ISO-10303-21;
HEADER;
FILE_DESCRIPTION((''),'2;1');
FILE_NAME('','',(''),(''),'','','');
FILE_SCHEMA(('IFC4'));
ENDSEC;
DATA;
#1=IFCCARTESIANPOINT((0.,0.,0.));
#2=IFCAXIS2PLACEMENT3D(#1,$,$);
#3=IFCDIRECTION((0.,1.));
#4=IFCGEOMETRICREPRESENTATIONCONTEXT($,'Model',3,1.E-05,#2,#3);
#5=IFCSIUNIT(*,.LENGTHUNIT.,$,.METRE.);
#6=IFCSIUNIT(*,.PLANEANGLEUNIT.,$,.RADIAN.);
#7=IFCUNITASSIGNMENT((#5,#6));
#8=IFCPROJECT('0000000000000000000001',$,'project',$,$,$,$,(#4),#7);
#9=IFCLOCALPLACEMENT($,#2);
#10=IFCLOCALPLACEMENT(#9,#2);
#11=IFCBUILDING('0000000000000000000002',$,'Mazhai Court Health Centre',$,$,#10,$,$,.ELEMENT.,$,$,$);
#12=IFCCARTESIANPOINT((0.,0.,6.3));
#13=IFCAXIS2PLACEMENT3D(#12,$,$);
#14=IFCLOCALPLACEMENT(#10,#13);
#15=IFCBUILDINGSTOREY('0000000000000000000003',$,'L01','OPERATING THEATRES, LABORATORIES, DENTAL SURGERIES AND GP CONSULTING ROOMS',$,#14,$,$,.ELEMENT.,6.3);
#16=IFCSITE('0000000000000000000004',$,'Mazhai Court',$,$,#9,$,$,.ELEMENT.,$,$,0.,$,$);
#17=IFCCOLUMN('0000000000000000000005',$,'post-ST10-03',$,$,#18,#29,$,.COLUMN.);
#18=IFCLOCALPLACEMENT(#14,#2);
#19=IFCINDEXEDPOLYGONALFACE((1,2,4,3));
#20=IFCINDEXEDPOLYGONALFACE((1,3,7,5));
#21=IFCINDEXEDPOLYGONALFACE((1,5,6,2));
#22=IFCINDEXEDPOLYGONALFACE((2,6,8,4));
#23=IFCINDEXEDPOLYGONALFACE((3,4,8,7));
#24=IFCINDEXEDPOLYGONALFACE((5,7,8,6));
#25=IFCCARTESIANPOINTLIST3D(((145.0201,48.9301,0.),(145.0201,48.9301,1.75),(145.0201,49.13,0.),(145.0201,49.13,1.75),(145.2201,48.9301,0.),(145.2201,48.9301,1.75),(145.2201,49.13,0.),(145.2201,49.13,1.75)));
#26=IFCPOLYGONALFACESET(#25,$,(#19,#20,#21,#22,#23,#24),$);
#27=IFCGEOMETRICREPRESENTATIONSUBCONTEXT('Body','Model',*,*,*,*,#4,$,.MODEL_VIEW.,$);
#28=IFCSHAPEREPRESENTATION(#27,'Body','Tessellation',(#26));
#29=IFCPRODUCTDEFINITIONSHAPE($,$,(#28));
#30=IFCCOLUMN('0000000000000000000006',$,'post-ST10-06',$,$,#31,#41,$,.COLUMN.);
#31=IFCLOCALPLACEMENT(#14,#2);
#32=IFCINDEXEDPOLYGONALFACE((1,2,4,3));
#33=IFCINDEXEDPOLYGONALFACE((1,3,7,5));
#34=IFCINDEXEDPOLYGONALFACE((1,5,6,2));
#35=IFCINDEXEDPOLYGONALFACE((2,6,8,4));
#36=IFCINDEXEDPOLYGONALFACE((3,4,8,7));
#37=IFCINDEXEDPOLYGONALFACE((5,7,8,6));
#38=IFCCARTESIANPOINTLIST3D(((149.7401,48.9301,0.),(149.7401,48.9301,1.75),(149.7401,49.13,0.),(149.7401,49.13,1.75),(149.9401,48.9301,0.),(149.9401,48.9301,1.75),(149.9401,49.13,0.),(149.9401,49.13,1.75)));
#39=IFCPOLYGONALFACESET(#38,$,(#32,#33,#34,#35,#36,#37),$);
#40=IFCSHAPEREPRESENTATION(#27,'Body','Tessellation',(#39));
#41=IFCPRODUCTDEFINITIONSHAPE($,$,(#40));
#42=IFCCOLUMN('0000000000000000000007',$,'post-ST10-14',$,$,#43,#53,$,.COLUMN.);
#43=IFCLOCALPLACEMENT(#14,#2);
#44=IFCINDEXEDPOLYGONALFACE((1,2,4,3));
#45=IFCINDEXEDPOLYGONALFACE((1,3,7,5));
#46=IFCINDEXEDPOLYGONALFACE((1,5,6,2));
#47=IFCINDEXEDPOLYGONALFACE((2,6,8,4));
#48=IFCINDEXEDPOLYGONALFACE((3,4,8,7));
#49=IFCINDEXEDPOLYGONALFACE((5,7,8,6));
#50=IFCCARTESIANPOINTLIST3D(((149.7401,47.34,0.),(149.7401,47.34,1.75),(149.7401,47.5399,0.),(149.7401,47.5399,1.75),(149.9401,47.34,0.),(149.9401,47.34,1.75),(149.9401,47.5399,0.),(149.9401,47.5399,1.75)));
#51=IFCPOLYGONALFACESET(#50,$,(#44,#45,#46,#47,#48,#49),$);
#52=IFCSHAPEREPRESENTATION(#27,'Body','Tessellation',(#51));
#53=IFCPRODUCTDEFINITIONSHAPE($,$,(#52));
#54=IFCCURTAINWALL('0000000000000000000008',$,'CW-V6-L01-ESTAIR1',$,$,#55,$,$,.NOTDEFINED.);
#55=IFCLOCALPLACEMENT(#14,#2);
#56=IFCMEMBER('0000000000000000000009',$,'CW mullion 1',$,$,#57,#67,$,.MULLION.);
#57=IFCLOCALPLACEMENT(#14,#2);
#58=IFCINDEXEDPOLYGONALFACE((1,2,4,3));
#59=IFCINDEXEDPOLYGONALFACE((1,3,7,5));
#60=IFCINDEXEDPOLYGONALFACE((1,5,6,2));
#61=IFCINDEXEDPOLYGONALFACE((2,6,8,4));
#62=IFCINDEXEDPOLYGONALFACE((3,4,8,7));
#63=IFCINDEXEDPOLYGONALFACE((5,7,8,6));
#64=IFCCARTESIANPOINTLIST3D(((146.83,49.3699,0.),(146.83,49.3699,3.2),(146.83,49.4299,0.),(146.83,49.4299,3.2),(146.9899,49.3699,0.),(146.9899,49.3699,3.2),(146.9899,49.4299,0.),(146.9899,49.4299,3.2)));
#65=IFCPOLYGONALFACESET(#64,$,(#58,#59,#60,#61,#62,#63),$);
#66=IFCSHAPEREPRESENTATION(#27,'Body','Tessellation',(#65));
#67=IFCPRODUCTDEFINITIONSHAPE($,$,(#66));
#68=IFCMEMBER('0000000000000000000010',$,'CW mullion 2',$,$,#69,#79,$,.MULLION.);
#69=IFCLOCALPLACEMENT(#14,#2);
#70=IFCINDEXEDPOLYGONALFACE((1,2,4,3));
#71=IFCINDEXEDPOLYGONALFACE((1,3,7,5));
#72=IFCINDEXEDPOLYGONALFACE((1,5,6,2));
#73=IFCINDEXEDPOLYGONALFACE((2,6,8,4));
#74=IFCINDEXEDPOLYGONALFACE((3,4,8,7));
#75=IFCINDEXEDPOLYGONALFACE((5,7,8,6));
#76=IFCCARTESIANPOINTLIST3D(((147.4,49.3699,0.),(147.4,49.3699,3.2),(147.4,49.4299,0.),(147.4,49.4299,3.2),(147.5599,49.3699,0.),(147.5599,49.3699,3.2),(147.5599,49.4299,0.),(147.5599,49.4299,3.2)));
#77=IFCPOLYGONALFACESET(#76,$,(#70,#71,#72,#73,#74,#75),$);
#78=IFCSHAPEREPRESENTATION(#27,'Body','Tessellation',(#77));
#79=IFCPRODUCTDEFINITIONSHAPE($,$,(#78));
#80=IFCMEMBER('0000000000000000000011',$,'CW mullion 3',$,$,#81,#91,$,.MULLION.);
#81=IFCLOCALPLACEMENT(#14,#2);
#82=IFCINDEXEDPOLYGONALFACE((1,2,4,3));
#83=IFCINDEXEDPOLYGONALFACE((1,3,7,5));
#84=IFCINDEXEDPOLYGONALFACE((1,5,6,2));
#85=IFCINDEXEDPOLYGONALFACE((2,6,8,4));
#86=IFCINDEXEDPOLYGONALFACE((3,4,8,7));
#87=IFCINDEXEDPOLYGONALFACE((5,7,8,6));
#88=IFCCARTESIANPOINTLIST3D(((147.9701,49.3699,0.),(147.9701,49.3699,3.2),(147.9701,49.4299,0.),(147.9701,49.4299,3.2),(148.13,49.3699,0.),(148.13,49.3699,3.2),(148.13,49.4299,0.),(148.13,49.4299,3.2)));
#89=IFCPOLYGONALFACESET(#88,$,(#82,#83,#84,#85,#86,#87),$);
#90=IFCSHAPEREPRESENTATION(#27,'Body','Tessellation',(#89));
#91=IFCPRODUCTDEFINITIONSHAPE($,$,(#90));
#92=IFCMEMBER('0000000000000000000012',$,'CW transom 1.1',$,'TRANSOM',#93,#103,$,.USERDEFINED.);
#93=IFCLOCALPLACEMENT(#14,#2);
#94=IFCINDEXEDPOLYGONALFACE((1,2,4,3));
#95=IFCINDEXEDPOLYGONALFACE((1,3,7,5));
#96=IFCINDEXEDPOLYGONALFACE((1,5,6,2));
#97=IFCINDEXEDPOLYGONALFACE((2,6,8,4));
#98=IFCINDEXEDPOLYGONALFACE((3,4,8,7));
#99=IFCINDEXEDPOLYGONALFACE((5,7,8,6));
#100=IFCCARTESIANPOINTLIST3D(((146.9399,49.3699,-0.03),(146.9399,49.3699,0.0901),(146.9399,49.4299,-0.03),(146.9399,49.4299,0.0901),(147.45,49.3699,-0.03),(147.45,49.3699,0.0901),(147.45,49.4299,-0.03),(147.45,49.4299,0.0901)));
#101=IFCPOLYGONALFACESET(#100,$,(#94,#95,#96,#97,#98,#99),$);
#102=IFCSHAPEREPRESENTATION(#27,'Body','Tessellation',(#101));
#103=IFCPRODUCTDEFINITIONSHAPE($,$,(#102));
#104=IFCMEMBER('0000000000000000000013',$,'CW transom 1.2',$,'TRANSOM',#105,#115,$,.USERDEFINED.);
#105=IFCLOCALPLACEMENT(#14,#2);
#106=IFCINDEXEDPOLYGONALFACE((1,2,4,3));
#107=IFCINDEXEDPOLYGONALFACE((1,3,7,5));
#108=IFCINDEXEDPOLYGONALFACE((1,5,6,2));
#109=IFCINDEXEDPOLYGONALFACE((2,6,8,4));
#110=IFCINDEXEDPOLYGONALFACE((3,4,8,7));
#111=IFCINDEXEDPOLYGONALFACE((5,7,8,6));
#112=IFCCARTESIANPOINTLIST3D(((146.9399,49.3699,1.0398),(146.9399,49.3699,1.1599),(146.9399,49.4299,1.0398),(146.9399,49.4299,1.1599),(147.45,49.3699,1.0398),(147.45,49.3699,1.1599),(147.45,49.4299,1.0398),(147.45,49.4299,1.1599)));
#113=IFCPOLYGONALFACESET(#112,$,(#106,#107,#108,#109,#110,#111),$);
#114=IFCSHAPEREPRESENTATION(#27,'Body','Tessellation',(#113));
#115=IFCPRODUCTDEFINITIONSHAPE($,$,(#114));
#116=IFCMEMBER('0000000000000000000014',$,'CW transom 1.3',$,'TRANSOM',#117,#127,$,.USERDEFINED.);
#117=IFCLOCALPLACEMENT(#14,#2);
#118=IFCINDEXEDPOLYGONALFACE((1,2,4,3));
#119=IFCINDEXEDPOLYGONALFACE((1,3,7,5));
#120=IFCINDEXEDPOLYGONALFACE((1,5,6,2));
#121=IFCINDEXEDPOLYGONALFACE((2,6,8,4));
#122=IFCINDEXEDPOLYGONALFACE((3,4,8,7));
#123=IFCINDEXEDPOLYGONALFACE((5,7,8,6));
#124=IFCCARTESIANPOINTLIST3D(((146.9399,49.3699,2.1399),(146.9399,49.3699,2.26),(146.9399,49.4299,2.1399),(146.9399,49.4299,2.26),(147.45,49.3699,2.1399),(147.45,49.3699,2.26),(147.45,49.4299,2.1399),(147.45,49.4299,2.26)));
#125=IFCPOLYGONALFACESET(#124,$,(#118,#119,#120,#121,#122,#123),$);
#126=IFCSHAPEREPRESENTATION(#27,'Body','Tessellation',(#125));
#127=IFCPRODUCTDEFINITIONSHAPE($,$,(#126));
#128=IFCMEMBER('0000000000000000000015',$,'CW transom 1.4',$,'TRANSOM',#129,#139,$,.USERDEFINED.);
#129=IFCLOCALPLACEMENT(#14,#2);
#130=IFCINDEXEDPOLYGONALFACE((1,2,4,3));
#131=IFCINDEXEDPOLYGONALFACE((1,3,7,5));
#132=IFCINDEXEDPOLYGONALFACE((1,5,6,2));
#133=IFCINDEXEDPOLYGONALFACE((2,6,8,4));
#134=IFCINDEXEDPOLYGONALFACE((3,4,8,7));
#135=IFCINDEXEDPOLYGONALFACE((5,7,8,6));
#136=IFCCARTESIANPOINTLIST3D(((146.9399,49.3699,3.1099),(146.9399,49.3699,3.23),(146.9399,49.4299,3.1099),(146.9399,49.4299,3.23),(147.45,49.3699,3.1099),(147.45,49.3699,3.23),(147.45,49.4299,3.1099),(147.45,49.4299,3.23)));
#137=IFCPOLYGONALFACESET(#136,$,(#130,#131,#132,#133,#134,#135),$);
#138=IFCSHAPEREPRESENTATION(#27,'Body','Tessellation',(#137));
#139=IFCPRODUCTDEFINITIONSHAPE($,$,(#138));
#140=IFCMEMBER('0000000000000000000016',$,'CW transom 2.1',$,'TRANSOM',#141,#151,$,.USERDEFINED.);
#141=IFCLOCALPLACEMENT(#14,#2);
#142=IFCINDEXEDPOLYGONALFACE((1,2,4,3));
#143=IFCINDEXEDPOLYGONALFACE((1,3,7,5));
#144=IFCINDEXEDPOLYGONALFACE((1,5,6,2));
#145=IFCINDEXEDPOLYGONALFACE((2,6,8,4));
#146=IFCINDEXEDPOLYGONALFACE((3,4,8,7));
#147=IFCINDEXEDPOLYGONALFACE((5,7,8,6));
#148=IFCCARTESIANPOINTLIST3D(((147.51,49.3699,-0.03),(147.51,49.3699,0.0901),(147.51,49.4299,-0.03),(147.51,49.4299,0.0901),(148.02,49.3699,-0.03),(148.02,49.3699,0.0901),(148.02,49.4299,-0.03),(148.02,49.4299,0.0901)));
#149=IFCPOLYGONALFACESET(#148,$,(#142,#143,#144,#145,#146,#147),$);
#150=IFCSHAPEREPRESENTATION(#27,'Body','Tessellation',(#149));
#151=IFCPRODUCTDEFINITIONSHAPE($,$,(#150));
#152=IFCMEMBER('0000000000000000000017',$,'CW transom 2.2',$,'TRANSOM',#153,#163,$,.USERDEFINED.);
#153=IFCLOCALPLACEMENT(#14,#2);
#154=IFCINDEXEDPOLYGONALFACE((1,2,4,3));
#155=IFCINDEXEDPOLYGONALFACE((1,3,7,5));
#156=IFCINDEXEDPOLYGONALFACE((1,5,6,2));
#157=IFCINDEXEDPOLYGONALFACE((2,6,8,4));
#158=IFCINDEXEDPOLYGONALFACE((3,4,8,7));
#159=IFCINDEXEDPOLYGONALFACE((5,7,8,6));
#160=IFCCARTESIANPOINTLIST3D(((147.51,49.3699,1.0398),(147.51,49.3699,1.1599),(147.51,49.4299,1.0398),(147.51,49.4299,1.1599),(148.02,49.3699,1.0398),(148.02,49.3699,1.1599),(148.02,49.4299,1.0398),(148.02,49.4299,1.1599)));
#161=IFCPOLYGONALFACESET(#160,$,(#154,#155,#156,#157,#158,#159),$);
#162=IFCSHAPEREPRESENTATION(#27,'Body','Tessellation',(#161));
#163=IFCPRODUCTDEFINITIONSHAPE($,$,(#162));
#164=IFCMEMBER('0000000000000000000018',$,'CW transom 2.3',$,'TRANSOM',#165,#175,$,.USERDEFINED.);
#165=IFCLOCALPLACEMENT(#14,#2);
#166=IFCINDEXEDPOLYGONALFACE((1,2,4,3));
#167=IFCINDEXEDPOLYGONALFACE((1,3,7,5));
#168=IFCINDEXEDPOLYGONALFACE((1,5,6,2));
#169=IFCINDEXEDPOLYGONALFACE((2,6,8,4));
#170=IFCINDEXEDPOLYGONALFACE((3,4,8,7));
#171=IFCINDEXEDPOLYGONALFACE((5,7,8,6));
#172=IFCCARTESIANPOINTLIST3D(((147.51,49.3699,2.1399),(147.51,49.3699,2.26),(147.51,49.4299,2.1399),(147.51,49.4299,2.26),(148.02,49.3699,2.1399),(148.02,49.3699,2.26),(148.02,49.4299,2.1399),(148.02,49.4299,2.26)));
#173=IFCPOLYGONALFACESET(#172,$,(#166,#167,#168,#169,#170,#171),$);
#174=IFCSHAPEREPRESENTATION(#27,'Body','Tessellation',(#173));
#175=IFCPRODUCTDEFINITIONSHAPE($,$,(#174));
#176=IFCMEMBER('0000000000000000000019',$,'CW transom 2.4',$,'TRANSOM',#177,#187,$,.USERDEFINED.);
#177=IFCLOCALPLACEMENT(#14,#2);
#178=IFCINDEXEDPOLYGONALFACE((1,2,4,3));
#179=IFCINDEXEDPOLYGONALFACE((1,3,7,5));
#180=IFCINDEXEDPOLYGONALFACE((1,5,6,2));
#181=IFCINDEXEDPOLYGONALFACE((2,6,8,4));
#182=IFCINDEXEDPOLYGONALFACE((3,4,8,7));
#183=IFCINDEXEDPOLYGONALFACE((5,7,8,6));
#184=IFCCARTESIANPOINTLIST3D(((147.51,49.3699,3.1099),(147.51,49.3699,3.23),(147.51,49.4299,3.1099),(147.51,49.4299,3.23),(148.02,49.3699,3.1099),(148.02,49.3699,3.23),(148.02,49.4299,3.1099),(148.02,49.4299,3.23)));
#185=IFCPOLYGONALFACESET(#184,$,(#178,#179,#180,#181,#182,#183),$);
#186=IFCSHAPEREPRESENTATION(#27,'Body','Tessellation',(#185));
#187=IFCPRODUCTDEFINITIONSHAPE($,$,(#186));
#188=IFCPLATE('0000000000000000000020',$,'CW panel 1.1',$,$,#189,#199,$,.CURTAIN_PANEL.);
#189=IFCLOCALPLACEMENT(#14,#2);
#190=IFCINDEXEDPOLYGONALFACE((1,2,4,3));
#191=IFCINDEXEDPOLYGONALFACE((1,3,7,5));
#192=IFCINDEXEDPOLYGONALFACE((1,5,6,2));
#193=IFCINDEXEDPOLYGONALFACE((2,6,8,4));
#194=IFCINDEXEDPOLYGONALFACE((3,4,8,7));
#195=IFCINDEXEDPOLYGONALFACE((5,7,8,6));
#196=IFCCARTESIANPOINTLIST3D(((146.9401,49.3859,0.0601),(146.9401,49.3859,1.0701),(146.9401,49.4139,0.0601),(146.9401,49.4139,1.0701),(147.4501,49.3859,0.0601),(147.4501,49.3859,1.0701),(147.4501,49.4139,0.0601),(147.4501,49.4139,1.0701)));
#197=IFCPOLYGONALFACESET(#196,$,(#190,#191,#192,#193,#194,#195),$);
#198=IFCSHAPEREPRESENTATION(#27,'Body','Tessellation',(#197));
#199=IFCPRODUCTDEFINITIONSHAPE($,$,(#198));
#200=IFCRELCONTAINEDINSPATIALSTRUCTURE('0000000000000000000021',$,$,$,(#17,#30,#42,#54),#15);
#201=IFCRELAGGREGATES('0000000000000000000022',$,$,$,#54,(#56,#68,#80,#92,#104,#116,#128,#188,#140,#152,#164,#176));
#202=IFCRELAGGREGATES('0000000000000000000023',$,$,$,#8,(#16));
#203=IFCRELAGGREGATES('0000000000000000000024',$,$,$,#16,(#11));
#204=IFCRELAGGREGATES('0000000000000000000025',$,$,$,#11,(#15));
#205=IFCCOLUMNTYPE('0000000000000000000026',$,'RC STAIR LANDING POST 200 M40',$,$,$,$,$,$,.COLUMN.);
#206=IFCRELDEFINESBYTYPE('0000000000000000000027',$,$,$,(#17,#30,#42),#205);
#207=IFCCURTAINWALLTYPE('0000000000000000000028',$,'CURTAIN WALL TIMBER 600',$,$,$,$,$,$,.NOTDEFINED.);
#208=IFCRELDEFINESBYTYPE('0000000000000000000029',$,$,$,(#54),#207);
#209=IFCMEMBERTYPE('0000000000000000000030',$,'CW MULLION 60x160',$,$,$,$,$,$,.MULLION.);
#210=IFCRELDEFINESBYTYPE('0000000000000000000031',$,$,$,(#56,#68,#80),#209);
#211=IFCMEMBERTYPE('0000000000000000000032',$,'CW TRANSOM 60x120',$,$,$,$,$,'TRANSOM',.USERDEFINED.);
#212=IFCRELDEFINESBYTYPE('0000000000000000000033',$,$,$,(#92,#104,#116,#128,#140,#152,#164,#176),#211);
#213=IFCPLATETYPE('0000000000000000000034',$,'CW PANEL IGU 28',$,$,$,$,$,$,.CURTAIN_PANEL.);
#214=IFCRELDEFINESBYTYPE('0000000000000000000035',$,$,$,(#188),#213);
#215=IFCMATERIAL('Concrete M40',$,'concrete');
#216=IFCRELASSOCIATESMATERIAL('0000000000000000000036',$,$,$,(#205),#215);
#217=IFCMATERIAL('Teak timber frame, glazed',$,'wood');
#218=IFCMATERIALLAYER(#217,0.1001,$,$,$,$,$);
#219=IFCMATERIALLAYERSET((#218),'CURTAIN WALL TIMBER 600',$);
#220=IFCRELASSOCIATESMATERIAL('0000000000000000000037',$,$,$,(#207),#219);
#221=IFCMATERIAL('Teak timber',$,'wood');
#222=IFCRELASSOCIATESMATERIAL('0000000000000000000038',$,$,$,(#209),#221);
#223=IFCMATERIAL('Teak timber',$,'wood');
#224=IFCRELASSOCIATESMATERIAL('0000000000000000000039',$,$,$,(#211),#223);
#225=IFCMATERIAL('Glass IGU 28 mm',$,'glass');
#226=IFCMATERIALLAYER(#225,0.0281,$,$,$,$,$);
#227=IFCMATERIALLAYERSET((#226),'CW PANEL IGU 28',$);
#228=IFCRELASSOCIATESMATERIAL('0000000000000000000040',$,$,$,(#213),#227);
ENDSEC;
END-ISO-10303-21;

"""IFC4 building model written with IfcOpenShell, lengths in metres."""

from ifc_helpers import new_model, si_unit, direction, frame, origin, origin_2d, place, context, subcontext, project, spatial, rectangle, extrude, material, layer, layer_set, material_profile, profile_set, type_object, element, aggregate, save


model = new_model("IFC4")

# Units and contexts
model_context = context("Model", 3, precision=1e-05, world=origin(), true_north=direction((0.0, 1.0)))
body_context = subcontext(model_context, "Body", "Model", "MODEL_VIEW")
ifc_project = project(units=[si_unit("LENGTHUNIT", "METRE"), si_unit("PLANEANGLEUNIT", "RADIAN")], contexts=[model_context])

# Site, building, storey
site_placement = place(None, origin())
site = spatial("IfcSite", under=ifc_project, at=site_placement, Name="Mazhai Court", CompositionType="ELEMENT", RefElevation=0.0)
building_placement = place(site_placement, origin())
building = spatial("IfcBuilding", under=site, at=building_placement, Name="Mazhai Court Health Centre", CompositionType="ELEMENT")
storey_placement = place(building_placement, frame((0.0, 0.0, 6.3)))
storey = spatial("IfcBuildingStorey", under=building, at=storey_placement, Name="L01", Description="OPERATING THEATRES, LABORATORIES, DENTAL SURGERIES AND GP CONSULTING ROOMS", CompositionType="ELEMENT", Elevation=6.3)

# Columns
ifc_material_1 = material(Name="Concrete M40", Category="concrete")
ifc_material_profile_1 = material_profile(ifc_material_1, rectangle(XDim=0.2, YDim=0.2, at=origin_2d()), Name="RC 200x200")
ifc_profile_set_1 = profile_set([ifc_material_profile_1], Name="Concrete M40")
column_type = type_object("IfcColumnType", Name="RC STAIR LANDING POST 200 M40", PredefinedType="COLUMN", material=ifc_profile_set_1)
for number, where, z_axis, x_axis, name in (
    (1, (145.1201, 49.03, 0.0), (0.0, 0.0, 1.0), (1.0, 0.0, 0.0), "post-ST10-03"),
    (2, (149.8401, 49.03, 0.0), (0.0, 0.0, 1.0), (1.0, 0.0, 0.0), "post-ST10-06"),
    (3, (149.8401, 47.4399, 0.0), (0.0, 0.0, 1.0), (1.0, 0.0, 0.0), "post-ST10-14"),
):
    element("IfcColumn", number, at=place(storey_placement, frame(where, z_axis=z_axis, x_axis=x_axis)), inside=storey, type_object=column_type, Name=name, PredefinedType="COLUMN", context=body_context, shape_type="SweptSolid", body=[
        extrude(rectangle(XDim=0.2, YDim=0.2, at=origin_2d()), origin(), (0.0, 0.0, 1.0), 1.75),
    ])

# Curtain wall, members, plate
ifc_material_2 = material(Name="Teak timber frame, glazed", Category="wood")
ifc_layer_1 = layer(ifc_material_2, 0.1001)
ifc_layer_set_1 = layer_set([ifc_layer_1], Name="CURTAIN WALL TIMBER 600")
curtain_wall_type = type_object("IfcCurtainWallType", Name="CURTAIN WALL TIMBER 600", PredefinedType="NOTDEFINED", material=ifc_layer_set_1)
curtain_wall_placement = place(storey_placement, origin())
curtain_wall = element("IfcCurtainWall", 4, at=curtain_wall_placement, inside=storey, type_object=curtain_wall_type, Name="CW-V6-L01-ESTAIR1", PredefinedType="NOTDEFINED")
ifc_material_3 = material(Name="Teak timber", Category="wood")
ifc_material_profile_2 = material_profile(ifc_material_3, rectangle(XDim=0.0601, YDim=0.1599, at=origin_2d()), Name="CW MULLION 60x160")
ifc_profile_set_2 = profile_set([ifc_material_profile_2], Name="Teak timber")
member_type_1 = type_object("IfcMemberType", Name="CW MULLION 60x160", PredefinedType="MULLION", material=ifc_profile_set_2)
member_1_placement = place(storey_placement, frame((146.9099, 49.3999, 0.0), z_axis=(0.0, 0.0, 1.0), x_axis=(0.0, 1.0, 0.0)))
member_1 = element("IfcMember", 5, at=member_1_placement, type_object=member_type_1, Name="CW mullion 1", PredefinedType="MULLION", context=body_context, shape_type="SweptSolid", body=[
    extrude(rectangle(XDim=0.0601, YDim=0.1599, at=origin_2d()), origin(), (0.0, 0.0, 1.0), 3.2),
])
member_2_placement = place(storey_placement, frame((147.48, 49.3999, 0.0), z_axis=(0.0, 0.0, 1.0), x_axis=(0.0, 1.0, 0.0)))
member_2 = element("IfcMember", 6, at=member_2_placement, type_object=member_type_1, Name="CW mullion 2", PredefinedType="MULLION", context=body_context, shape_type="SweptSolid", body=[
    extrude(rectangle(XDim=0.0601, YDim=0.1599, at=origin_2d()), origin(), (0.0, 0.0, 1.0), 3.2),
])
member_3_placement = place(storey_placement, frame((148.05, 49.3999, 0.0), z_axis=(0.0, 0.0, 1.0), x_axis=(0.0, 1.0, 0.0)))
member_3 = element("IfcMember", 7, at=member_3_placement, type_object=member_type_1, Name="CW mullion 3", PredefinedType="MULLION", context=body_context, shape_type="SweptSolid", body=[
    extrude(rectangle(XDim=0.0601, YDim=0.1599, at=origin_2d()), origin(), (0.0, 0.0, 1.0), 3.2),
])
ifc_material_4 = material(Name="Teak timber", Category="wood")
ifc_material_profile_3 = material_profile(ifc_material_4, rectangle(XDim=0.0601, YDim=0.1201, at=origin_2d()), Name="CW TRANSOM 60x120")
ifc_profile_set_3 = profile_set([ifc_material_profile_3], Name="Teak timber")
member_type_2 = type_object("IfcMemberType", Name="CW TRANSOM 60x120", ElementType="TRANSOM", PredefinedType="USERDEFINED", material=ifc_profile_set_3)
member_4_placement = place(storey_placement, frame((146.9399, 49.3999, 0.03), z_axis=(1.0, 0.0, 0.0), x_axis=(0.0, 1.0, 0.0)))
member_4 = element("IfcMember", 8, at=member_4_placement, type_object=member_type_2, Name="CW transom 1.1", ObjectType="TRANSOM", PredefinedType="USERDEFINED", context=body_context, shape_type="SweptSolid", body=[
    extrude(rectangle(XDim=0.0601, YDim=0.1201, at=origin_2d()), origin(), (0.0, 0.0, 1.0), 0.51),
])
member_5_placement = place(storey_placement, frame((146.9399, 49.3999, 1.0999), z_axis=(1.0, 0.0, 0.0), x_axis=(0.0, 1.0, 0.0)))
member_5 = element("IfcMember", 9, at=member_5_placement, type_object=member_type_2, Name="CW transom 1.2", ObjectType="TRANSOM", PredefinedType="USERDEFINED", context=body_context, shape_type="SweptSolid", body=[
    extrude(rectangle(XDim=0.0601, YDim=0.1201, at=origin_2d()), origin(), (0.0, 0.0, 1.0), 0.51),
])
member_6_placement = place(storey_placement, frame((146.9399, 49.3999, 2.2), z_axis=(1.0, 0.0, 0.0), x_axis=(0.0, 1.0, 0.0)))
member_6 = element("IfcMember", 10, at=member_6_placement, type_object=member_type_2, Name="CW transom 1.3", ObjectType="TRANSOM", PredefinedType="USERDEFINED", context=body_context, shape_type="SweptSolid", body=[
    extrude(rectangle(XDim=0.0601, YDim=0.1201, at=origin_2d()), origin(), (0.0, 0.0, 1.0), 0.51),
])
member_7_placement = place(storey_placement, frame((146.9399, 49.3999, 3.1699), z_axis=(1.0, 0.0, 0.0), x_axis=(0.0, 1.0, 0.0)))
member_7 = element("IfcMember", 11, at=member_7_placement, type_object=member_type_2, Name="CW transom 1.4", ObjectType="TRANSOM", PredefinedType="USERDEFINED", context=body_context, shape_type="SweptSolid", body=[
    extrude(rectangle(XDim=0.0601, YDim=0.1201, at=origin_2d()), origin(), (0.0, 0.0, 1.0), 0.51),
])
member_8_placement = place(storey_placement, frame((147.51, 49.3999, 0.03), z_axis=(1.0, 0.0, 0.0), x_axis=(0.0, 1.0, 0.0)))
member_8 = element("IfcMember", 12, at=member_8_placement, type_object=member_type_2, Name="CW transom 2.1", ObjectType="TRANSOM", PredefinedType="USERDEFINED", context=body_context, shape_type="SweptSolid", body=[
    extrude(rectangle(XDim=0.0601, YDim=0.1201, at=origin_2d()), origin(), (0.0, 0.0, 1.0), 0.51),
])
member_9_placement = place(storey_placement, frame((147.51, 49.3999, 1.0999), z_axis=(1.0, 0.0, 0.0), x_axis=(0.0, 1.0, 0.0)))
member_9 = element("IfcMember", 13, at=member_9_placement, type_object=member_type_2, Name="CW transom 2.2", ObjectType="TRANSOM", PredefinedType="USERDEFINED", context=body_context, shape_type="SweptSolid", body=[
    extrude(rectangle(XDim=0.0601, YDim=0.1201, at=origin_2d()), origin(), (0.0, 0.0, 1.0), 0.51),
])
member_10_placement = place(storey_placement, frame((147.51, 49.3999, 2.2), z_axis=(1.0, 0.0, 0.0), x_axis=(0.0, 1.0, 0.0)))
member_10 = element("IfcMember", 14, at=member_10_placement, type_object=member_type_2, Name="CW transom 2.3", ObjectType="TRANSOM", PredefinedType="USERDEFINED", context=body_context, shape_type="SweptSolid", body=[
    extrude(rectangle(XDim=0.0601, YDim=0.1201, at=origin_2d()), origin(), (0.0, 0.0, 1.0), 0.51),
])
member_11_placement = place(storey_placement, frame((147.51, 49.3999, 3.1699), z_axis=(1.0, 0.0, 0.0), x_axis=(0.0, 1.0, 0.0)))
member_11 = element("IfcMember", 15, at=member_11_placement, type_object=member_type_2, Name="CW transom 2.4", ObjectType="TRANSOM", PredefinedType="USERDEFINED", context=body_context, shape_type="SweptSolid", body=[
    extrude(rectangle(XDim=0.0601, YDim=0.1201, at=origin_2d()), origin(), (0.0, 0.0, 1.0), 0.51),
])
ifc_material_5 = material(Name="Glass IGU 28 mm", Category="glass")
ifc_layer_2 = layer(ifc_material_5, 0.0281)
ifc_layer_set_2 = layer_set([ifc_layer_2], Name="CW PANEL IGU 28")
plate_type = type_object("IfcPlateType", Name="CW PANEL IGU 28", PredefinedType="CURTAIN_PANEL", material=ifc_layer_set_2)
plate_1_placement = place(storey_placement, frame((147.1951, 49.3999, 0.0601), z_axis=(0.0, 0.0, 1.0), x_axis=(1.0, 0.0, 0.0)))
plate_1 = element("IfcPlate", 16, at=plate_1_placement, type_object=plate_type, Name="CW panel 1.1", PredefinedType="CURTAIN_PANEL", context=body_context, shape_type="SweptSolid", body=[
    extrude(rectangle(XDim=0.51, YDim=0.0281, at=origin_2d()), origin(), (0.0, 0.0, 1.0), 1.01),
])
aggregate(curtain_wall, [member_1, member_2, member_3, member_4, member_5, member_6, member_7, plate_1, member_8, member_9, member_10, member_11])

save(model, "model.ifc")
